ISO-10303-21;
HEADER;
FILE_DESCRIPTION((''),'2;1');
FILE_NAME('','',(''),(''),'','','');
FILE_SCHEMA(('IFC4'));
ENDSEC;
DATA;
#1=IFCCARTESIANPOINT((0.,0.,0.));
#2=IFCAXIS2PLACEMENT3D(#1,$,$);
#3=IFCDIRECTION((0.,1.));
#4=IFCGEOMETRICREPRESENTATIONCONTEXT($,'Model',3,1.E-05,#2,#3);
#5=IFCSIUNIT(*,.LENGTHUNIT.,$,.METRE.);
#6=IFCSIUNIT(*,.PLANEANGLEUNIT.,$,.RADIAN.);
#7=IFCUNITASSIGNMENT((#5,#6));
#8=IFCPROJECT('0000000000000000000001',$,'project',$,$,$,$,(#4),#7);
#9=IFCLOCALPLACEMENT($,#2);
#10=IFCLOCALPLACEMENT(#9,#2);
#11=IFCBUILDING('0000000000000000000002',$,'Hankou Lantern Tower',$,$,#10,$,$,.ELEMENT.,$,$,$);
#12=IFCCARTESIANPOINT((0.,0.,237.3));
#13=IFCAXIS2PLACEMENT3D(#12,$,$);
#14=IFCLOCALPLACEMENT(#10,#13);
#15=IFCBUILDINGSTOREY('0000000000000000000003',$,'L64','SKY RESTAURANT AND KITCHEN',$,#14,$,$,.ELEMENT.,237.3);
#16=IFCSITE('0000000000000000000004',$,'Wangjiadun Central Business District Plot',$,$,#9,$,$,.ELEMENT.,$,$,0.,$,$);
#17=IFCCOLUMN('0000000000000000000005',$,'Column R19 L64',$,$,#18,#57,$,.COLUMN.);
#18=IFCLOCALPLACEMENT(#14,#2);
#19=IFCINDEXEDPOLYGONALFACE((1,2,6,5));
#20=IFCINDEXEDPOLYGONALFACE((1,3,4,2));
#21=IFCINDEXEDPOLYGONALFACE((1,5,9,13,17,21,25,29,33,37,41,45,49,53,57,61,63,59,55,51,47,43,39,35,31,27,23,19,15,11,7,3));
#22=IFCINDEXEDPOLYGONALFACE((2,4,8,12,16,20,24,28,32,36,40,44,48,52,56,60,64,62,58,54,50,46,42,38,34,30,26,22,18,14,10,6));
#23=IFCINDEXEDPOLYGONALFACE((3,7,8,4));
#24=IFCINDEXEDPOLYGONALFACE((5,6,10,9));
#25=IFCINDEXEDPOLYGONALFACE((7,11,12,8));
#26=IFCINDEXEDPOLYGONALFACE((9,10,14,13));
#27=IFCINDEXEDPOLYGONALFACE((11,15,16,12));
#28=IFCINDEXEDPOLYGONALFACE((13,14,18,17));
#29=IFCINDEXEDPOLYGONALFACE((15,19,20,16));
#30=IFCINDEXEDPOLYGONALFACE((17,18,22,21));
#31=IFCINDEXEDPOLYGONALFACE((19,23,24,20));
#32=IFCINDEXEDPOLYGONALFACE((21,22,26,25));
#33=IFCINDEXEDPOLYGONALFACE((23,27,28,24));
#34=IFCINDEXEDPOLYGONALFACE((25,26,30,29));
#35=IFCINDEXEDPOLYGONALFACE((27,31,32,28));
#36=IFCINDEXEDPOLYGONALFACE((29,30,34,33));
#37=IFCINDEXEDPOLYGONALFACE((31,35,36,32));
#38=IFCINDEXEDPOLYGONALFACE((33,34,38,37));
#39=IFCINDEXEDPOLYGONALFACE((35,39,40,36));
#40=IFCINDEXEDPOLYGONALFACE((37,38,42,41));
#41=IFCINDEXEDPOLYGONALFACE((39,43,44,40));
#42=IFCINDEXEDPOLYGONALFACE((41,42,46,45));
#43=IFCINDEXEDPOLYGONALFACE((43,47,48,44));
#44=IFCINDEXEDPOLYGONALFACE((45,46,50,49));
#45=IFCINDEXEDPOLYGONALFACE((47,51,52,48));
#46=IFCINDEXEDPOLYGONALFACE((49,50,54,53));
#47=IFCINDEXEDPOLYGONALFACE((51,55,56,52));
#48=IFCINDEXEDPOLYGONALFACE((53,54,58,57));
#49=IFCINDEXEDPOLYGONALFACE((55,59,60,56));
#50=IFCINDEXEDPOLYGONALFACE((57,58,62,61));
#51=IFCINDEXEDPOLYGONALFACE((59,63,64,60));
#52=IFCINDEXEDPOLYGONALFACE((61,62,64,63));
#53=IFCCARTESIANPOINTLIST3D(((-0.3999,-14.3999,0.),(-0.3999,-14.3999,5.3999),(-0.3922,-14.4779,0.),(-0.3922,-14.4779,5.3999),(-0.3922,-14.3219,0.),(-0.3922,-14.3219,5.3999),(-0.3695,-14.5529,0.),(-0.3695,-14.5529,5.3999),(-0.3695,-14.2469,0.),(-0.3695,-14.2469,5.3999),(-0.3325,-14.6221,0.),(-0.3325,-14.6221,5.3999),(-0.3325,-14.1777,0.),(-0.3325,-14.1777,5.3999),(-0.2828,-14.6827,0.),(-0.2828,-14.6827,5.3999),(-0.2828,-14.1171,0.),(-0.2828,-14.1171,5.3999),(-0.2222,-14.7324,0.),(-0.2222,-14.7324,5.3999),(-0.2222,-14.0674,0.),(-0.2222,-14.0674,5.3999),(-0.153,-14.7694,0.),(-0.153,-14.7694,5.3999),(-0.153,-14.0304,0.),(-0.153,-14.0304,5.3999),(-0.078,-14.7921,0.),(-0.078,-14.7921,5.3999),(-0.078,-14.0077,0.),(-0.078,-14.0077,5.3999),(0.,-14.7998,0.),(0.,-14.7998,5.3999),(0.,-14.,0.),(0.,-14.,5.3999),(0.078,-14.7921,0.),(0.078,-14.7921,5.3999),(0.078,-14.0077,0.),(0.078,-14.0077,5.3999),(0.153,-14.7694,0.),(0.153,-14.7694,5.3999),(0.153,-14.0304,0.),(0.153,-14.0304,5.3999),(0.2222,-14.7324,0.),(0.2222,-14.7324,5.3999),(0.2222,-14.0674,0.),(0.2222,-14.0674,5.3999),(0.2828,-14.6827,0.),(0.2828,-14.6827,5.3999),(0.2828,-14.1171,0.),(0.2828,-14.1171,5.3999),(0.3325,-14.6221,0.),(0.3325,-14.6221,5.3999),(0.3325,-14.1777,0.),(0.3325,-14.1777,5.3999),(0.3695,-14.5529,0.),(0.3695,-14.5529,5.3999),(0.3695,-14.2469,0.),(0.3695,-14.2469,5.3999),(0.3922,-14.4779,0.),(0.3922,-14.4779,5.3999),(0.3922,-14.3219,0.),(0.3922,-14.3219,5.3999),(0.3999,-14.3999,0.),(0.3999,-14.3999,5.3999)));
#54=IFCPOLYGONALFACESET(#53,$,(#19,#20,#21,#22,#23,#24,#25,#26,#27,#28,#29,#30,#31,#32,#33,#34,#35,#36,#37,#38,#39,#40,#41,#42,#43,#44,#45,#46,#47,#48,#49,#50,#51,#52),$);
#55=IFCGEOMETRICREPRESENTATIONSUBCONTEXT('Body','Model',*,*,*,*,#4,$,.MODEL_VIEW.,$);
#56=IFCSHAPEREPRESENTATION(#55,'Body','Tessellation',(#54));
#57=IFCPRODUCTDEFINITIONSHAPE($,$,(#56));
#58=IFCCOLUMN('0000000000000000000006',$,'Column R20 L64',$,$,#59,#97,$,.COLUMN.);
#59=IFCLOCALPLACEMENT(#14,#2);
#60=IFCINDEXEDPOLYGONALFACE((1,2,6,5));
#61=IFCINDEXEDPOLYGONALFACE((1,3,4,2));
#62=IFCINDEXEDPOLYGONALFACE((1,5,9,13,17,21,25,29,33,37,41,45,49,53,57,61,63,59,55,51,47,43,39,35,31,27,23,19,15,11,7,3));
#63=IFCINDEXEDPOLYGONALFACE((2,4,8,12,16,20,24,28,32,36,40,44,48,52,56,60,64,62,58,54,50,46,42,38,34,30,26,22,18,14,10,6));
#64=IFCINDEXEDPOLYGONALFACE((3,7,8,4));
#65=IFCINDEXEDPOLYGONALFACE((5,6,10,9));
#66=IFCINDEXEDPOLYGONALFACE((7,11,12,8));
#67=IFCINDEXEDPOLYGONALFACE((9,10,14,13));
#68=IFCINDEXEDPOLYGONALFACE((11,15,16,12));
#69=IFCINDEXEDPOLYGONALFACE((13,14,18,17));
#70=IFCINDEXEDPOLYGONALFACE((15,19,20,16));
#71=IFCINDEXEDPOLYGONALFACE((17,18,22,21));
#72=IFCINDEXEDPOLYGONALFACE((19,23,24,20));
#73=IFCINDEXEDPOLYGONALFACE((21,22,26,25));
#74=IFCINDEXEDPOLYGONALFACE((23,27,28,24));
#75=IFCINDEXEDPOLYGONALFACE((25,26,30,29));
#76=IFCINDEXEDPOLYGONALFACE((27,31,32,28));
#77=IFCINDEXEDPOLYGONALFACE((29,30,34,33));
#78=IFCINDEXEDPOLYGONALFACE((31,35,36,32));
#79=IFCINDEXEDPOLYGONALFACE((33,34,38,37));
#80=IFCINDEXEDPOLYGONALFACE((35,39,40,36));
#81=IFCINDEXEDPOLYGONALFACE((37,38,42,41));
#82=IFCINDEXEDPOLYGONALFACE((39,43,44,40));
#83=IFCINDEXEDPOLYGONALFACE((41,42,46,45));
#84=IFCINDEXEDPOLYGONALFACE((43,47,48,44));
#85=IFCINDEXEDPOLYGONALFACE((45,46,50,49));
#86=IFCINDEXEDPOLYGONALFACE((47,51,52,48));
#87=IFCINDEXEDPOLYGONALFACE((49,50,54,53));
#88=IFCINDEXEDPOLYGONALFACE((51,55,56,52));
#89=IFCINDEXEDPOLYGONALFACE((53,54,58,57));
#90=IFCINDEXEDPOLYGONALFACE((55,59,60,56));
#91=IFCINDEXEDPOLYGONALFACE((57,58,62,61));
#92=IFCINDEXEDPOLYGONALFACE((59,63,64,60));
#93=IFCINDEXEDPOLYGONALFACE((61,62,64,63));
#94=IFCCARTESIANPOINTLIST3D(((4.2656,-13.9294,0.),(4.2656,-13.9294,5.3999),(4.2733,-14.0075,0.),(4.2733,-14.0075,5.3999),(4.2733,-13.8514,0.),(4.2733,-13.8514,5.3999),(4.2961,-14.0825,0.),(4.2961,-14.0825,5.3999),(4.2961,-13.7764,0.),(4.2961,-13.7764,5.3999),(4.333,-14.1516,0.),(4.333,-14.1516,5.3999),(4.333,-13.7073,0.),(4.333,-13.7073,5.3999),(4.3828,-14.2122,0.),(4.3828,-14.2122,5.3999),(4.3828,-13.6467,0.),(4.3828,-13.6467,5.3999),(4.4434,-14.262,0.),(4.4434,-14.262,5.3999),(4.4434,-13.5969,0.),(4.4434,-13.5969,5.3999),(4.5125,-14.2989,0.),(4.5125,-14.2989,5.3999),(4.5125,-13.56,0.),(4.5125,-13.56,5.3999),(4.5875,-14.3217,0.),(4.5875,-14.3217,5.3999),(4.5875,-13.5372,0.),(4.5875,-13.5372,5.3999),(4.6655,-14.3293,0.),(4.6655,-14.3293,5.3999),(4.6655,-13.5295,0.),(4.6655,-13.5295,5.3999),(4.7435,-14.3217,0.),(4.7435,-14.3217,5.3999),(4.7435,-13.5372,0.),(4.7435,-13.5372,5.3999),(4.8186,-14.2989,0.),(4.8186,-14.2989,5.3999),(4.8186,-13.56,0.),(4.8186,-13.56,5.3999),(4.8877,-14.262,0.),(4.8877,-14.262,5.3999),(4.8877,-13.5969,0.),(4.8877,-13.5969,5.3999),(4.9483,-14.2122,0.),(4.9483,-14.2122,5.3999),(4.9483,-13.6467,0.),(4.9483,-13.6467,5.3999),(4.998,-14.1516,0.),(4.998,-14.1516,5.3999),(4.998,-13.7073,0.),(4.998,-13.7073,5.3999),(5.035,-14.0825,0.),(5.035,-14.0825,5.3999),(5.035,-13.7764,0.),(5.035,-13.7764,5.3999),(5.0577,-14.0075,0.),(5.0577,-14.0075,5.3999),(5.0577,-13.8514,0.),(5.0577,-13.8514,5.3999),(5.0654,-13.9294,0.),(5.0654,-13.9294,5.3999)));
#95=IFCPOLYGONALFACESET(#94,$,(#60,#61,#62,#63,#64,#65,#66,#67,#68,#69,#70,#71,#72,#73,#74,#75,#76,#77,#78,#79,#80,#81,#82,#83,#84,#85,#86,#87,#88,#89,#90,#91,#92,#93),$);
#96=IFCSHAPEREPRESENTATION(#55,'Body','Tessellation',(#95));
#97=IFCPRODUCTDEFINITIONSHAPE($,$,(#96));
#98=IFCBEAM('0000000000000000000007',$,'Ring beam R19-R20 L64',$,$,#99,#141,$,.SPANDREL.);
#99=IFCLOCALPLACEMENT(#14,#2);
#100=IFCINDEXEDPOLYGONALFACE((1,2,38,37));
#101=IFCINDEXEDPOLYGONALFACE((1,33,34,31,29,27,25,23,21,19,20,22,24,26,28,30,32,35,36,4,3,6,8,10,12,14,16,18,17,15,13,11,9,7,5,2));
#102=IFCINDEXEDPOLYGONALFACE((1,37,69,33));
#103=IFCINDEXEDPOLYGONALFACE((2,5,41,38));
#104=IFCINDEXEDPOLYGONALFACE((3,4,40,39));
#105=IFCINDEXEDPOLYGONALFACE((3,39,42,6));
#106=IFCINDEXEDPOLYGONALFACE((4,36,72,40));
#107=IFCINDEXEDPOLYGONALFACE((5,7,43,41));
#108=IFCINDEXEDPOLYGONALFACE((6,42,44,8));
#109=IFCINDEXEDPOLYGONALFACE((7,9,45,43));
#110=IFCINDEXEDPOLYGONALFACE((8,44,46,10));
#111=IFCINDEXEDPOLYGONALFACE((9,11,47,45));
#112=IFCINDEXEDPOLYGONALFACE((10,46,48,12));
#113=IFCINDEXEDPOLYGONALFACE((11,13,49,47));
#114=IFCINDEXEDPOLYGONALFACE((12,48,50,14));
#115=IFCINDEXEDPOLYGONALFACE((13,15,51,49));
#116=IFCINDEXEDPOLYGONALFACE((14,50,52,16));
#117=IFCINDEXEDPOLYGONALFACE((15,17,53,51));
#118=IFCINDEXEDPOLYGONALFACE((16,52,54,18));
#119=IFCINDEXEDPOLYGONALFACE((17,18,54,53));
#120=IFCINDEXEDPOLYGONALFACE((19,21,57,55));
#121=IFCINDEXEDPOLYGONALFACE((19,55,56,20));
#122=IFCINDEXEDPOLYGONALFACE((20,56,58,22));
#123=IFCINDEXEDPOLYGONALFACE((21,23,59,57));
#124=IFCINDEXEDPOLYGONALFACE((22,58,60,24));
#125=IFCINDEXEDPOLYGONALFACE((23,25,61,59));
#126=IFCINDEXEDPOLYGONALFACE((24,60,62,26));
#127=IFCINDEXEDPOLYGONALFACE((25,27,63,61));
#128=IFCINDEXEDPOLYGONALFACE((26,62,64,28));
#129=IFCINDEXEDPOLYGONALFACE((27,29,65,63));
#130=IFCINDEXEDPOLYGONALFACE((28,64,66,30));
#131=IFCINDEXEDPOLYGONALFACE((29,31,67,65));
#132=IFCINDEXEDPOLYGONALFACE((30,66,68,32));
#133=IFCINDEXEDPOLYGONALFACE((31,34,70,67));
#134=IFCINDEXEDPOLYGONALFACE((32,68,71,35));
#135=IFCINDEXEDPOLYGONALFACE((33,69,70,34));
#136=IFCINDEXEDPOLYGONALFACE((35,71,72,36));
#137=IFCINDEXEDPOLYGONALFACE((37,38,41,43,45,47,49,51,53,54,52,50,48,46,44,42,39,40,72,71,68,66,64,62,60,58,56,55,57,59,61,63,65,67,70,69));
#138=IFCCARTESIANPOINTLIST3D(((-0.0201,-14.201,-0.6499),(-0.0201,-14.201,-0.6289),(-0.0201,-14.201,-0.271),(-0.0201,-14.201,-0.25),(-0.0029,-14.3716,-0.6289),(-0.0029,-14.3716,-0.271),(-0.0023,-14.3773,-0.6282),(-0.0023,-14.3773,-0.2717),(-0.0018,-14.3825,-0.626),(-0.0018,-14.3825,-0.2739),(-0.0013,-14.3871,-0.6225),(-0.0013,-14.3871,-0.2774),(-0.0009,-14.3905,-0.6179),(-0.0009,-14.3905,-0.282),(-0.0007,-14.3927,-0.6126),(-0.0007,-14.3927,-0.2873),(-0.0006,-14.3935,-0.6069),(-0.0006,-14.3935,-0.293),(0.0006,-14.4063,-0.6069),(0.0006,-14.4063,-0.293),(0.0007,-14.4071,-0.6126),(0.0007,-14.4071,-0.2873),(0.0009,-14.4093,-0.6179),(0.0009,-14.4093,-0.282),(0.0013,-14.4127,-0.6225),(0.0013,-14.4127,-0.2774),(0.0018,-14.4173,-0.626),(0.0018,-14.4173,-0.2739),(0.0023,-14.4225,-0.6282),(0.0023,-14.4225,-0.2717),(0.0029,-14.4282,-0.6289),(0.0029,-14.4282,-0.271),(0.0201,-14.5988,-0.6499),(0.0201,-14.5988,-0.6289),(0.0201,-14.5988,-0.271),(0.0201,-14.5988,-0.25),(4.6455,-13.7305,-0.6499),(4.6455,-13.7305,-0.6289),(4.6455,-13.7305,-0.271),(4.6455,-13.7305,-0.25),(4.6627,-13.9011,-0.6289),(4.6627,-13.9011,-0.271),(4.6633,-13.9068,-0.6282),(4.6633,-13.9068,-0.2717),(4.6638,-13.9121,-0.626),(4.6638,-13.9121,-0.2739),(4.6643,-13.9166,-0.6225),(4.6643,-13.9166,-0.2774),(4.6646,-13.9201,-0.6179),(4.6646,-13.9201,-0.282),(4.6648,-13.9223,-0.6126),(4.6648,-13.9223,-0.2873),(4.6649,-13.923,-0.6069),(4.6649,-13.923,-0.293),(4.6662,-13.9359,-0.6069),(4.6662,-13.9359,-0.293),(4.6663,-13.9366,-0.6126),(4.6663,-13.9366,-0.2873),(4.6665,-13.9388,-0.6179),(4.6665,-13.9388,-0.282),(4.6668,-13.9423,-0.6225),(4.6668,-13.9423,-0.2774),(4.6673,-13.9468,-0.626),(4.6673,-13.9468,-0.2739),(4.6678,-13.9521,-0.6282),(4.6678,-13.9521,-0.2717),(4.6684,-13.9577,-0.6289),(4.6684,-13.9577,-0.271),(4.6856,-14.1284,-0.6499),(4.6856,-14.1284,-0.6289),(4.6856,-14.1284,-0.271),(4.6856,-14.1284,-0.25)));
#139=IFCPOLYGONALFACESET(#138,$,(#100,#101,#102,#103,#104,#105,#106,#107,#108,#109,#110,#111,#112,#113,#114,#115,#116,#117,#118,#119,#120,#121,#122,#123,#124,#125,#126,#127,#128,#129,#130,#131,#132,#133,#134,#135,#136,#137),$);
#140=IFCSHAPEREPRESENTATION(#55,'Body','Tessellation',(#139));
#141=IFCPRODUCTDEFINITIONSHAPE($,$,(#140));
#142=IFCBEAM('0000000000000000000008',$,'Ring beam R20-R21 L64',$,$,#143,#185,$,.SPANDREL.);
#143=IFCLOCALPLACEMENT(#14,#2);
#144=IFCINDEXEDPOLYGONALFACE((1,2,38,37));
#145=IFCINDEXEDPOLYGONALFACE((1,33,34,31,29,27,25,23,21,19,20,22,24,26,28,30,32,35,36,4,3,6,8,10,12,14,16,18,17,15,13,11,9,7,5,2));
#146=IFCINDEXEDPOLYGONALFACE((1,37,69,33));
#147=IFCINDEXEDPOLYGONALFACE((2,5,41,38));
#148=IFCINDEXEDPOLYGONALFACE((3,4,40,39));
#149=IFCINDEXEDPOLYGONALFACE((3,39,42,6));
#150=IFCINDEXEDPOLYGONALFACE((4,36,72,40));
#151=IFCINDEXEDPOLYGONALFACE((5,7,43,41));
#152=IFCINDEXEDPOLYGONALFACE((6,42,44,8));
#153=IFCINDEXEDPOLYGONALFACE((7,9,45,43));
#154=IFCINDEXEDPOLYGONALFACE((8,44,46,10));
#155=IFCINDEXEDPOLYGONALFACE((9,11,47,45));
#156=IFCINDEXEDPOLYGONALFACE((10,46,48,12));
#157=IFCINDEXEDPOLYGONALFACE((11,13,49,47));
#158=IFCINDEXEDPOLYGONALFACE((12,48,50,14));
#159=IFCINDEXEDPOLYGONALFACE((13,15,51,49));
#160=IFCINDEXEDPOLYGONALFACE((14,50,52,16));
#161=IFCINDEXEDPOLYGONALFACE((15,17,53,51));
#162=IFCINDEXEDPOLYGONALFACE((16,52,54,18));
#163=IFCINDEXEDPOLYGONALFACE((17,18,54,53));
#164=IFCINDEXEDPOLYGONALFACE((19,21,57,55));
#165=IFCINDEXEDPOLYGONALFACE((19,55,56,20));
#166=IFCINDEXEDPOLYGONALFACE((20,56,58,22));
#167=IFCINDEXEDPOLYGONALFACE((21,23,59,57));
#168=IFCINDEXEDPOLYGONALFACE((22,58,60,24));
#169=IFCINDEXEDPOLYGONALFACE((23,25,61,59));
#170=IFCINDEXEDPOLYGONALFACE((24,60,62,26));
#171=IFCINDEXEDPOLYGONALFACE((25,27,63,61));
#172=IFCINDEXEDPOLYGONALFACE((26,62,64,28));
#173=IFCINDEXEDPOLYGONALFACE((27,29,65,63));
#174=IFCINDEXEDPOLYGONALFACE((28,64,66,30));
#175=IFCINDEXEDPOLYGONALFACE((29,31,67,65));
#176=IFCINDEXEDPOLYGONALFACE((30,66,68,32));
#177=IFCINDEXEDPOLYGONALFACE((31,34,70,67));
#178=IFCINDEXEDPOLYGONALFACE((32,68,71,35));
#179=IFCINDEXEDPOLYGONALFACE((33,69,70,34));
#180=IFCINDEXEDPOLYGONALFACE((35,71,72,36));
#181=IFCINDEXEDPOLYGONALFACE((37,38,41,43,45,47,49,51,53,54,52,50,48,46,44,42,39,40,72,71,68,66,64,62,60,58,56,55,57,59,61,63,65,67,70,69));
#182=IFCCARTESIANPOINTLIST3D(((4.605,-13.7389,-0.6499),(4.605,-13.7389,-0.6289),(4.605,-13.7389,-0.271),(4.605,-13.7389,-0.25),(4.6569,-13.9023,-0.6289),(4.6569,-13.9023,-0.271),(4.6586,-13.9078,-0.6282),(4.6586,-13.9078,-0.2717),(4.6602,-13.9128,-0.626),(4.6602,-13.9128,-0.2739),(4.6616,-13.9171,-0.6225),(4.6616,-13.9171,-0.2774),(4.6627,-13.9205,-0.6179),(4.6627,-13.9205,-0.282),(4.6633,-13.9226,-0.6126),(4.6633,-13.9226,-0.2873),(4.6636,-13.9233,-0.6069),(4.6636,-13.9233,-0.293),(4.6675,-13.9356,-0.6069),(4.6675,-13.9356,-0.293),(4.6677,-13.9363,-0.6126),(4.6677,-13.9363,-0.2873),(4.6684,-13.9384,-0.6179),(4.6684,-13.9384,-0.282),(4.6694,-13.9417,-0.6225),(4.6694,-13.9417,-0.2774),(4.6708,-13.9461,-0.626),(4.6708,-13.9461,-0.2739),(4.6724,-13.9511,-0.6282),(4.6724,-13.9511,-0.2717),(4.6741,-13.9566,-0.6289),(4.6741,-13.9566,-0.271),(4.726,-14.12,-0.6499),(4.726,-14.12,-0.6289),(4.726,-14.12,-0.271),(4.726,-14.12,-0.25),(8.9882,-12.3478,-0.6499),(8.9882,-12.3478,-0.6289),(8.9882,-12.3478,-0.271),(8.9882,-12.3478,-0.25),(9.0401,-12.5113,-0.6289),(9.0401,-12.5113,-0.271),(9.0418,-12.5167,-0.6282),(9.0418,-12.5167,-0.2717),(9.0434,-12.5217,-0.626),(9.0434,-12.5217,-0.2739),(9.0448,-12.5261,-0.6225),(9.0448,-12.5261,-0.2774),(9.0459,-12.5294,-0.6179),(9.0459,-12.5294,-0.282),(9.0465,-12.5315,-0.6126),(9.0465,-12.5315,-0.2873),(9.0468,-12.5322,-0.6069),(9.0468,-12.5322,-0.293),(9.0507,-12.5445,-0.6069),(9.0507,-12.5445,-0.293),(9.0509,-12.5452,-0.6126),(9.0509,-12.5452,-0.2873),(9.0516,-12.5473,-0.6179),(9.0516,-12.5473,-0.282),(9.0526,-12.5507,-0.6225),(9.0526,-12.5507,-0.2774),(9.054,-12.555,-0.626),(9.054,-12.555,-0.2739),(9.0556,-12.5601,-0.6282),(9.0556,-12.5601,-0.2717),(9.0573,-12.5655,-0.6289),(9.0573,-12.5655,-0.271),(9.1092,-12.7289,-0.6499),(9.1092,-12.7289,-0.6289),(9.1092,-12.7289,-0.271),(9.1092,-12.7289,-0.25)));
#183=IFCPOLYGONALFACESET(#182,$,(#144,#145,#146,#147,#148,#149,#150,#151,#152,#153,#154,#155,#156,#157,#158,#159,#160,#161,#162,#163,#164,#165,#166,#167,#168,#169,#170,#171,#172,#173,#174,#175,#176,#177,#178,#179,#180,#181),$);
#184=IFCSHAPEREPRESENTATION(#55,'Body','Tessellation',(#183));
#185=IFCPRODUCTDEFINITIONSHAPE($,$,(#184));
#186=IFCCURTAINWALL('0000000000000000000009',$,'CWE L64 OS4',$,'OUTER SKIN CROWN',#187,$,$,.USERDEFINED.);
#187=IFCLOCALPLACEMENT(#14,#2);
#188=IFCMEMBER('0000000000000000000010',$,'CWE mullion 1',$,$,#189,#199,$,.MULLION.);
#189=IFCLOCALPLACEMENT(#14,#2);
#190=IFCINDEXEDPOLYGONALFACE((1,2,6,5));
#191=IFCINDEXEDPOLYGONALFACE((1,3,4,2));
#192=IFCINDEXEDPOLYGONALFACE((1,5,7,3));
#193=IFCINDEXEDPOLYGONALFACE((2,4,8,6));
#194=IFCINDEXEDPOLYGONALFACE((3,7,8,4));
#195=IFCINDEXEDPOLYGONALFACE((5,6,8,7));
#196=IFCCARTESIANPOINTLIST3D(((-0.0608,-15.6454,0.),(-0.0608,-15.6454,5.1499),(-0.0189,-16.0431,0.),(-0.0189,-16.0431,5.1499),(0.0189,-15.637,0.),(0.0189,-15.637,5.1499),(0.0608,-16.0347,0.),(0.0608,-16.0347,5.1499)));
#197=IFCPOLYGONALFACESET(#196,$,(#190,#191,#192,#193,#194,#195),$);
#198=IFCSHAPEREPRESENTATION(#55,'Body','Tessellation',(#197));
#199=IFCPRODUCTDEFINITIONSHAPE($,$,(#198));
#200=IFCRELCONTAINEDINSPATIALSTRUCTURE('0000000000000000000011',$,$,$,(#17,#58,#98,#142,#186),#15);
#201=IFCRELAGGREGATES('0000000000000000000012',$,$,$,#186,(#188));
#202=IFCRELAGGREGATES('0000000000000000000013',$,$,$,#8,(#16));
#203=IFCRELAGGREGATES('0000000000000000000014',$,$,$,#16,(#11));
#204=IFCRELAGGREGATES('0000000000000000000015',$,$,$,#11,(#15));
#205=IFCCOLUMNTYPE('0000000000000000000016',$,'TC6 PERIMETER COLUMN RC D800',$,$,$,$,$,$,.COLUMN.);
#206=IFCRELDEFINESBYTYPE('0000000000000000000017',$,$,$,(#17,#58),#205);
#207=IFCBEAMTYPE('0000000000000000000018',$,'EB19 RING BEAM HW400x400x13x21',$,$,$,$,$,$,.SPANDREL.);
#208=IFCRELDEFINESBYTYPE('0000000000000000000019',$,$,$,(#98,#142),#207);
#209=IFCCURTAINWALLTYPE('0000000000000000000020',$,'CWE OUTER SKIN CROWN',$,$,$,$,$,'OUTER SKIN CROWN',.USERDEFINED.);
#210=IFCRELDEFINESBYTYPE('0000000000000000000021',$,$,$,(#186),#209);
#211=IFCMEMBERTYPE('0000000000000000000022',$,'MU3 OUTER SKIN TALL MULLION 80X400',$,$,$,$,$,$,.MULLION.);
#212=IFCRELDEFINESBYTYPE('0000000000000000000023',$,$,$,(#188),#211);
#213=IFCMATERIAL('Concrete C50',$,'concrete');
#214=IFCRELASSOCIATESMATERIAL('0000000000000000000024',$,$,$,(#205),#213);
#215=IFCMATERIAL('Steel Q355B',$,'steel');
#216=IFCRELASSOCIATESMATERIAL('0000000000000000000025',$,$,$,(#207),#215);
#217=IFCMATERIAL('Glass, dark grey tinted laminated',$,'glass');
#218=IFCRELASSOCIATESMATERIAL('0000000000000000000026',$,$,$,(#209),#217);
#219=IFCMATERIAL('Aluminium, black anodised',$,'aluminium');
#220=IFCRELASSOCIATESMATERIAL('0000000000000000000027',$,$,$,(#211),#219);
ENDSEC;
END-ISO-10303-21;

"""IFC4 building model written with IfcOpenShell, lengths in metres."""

from ifc_helpers import new_model, si_unit, direction, frame, origin, origin_2d, place, context, subcontext, project, spatial, rectangle, circle, i_section, extrude, material, material_profile, profile_set, type_object, element, aggregate, save


model = new_model("IFC4")

# Units and contexts
model_context = context("Model", 3, precision=1e-05, world=origin(), true_north=direction((0.0, 1.0)))
body_context = subcontext(model_context, "Body", "Model", "MODEL_VIEW")
ifc_project = project(units=[si_unit("LENGTHUNIT", "METRE"), si_unit("PLANEANGLEUNIT", "RADIAN")], contexts=[model_context])

# Site, building, storey
site_placement = place(None, origin())
site = spatial("IfcSite", under=ifc_project, at=site_placement, Name="Wangjiadun Central Business District Plot", CompositionType="ELEMENT", RefElevation=0.0)
building_placement = place(site_placement, origin())
building = spatial("IfcBuilding", under=site, at=building_placement, Name="Hankou Lantern Tower", CompositionType="ELEMENT")
storey_placement = place(building_placement, frame((0.0, 0.0, 237.3)))
storey = spatial("IfcBuildingStorey", under=building, at=storey_placement, Name="L64", Description="SKY RESTAURANT AND KITCHEN", CompositionType="ELEMENT", Elevation=237.3)

# Columns
ifc_material_1 = material(Name="Concrete C50", Category="concrete")
ifc_material_profile_1 = material_profile(ifc_material_1, circle(Radius=0.3999, at=origin_2d()), Name="RC D800")
ifc_profile_set_1 = profile_set([ifc_material_profile_1], Name="Concrete C50")
column_type = type_object("IfcColumnType", Name="TC6 PERIMETER COLUMN RC D800", PredefinedType="COLUMN", material=ifc_profile_set_1)
for number, where, z_axis, x_axis, name in (
    (1, (0.0, -14.3999, 0.0), (0.0, 0.0, 1.0), (1.0, 0.0, 0.0), "Column R19 L64"),
    (2, (4.6655, -13.9294, 0.0), (0.0, 0.0, 1.0), (1.0, 0.0, 0.0), "Column R20 L64"),
):
    element("IfcColumn", number, at=place(storey_placement, frame(where, z_axis=z_axis, x_axis=x_axis)), inside=storey, type_object=column_type, Name=name, PredefinedType="COLUMN", context=body_context, shape_type="SweptSolid", body=[
        extrude(circle(Radius=0.3999, at=origin_2d()), origin(), (0.0, 0.0, 1.0), 5.3999),
    ])

# Beams
ifc_material_2 = material(Name="Steel Q355B", Category="steel")
ifc_material_profile_2 = material_profile(ifc_material_2, i_section(OverallWidth=0.3999, OverallDepth=0.3999, WebThickness=0.0129, FlangeThickness=0.021, FilletRadius=0.022, at=origin_2d()), Name="HW400x400x13x21")
ifc_profile_set_2 = profile_set([ifc_material_profile_2], Name="Steel Q355B")
beam_type_1 = type_object("IfcBeamType", Name="EB19 RING BEAM HW400x400x13x21", PredefinedType="SPANDREL", material=ifc_profile_set_2)
beam_1_placement = place(storey_placement, frame((0.0, -14.3999, -0.45), z_axis=(0.994954, 0.100328, 0.0), x_axis=(-0.100328, 0.994954, 0.0)))
element("IfcBeam", 3, at=beam_1_placement, inside=storey, type_object=beam_type_1, Name="Ring beam R19-R20 L64", PredefinedType="SPANDREL", context=body_context, shape_type="SweptSolid", body=[
    extrude(i_section(OverallWidth=0.3999, OverallDepth=0.3999, WebThickness=0.0129, FlangeThickness=0.021, FilletRadius=0.022, at=origin_2d()), origin(), (0.0, 0.0, 1.0), 4.6892),
])
beam_2_placement = place(storey_placement, frame((4.6655, -13.9294, -0.45), z_axis=(0.95315, 0.302498, 0.0), x_axis=(-0.302498, 0.95315, 0.0)))
element("IfcBeam", 4, at=beam_2_placement, inside=storey, type_object=beam_type_1, Name="Ring beam R20-R21 L64", PredefinedType="SPANDREL", context=body_context, shape_type="SweptSolid", body=[
    extrude(i_section(OverallWidth=0.3999, OverallDepth=0.3999, WebThickness=0.0129, FlangeThickness=0.021, FilletRadius=0.022, at=origin_2d()), origin(), (0.0, 0.0, 1.0), 4.5986),
])

# Curtain wall, member
ifc_material_3 = material(Name="Glass, dark grey tinted laminated", Category="glass")
curtain_wall_type = type_object("IfcCurtainWallType", Name="CWE OUTER SKIN CROWN", ElementType="OUTER SKIN CROWN", PredefinedType="USERDEFINED", material=ifc_material_3)
curtain_wall_1_placement = place(storey_placement, origin())
curtain_wall_1 = element("IfcCurtainWall", 5, at=curtain_wall_1_placement, inside=storey, type_object=curtain_wall_type, Name="CWE L64 OS4", ObjectType="OUTER SKIN CROWN", PredefinedType="USERDEFINED")
ifc_material_4 = material(Name="Aluminium, black anodised", Category="aluminium")
ifc_material_profile_3 = material_profile(ifc_material_4, rectangle(XDim=0.0801, YDim=0.3999, at=origin_2d()), Name="MU3 80X400")
ifc_profile_set_3 = profile_set([ifc_material_profile_3], Name="Aluminium, black anodised")
member_type_1 = type_object("IfcMemberType", Name="MU3 OUTER SKIN TALL MULLION 80X400", PredefinedType="MULLION", material=ifc_profile_set_3)
member_1_placement = place(storey_placement, frame((0.0, -15.8401, 0.0), z_axis=(0.0, 0.0, 1.0), x_axis=(0.994499, 0.104743, 0.0)))
member_1 = element("IfcMember", 6, at=member_1_placement, type_object=member_type_1, Name="CWE mullion 1", PredefinedType="MULLION", context=body_context, shape_type="SweptSolid", body=[
    extrude(rectangle(XDim=0.0801, YDim=0.3999, at=origin_2d()), origin(), (0.0, 0.0, 1.0), 5.1499),
])

aggregate(curtain_wall_1, [member_1])

save(model, "model.ifc")
